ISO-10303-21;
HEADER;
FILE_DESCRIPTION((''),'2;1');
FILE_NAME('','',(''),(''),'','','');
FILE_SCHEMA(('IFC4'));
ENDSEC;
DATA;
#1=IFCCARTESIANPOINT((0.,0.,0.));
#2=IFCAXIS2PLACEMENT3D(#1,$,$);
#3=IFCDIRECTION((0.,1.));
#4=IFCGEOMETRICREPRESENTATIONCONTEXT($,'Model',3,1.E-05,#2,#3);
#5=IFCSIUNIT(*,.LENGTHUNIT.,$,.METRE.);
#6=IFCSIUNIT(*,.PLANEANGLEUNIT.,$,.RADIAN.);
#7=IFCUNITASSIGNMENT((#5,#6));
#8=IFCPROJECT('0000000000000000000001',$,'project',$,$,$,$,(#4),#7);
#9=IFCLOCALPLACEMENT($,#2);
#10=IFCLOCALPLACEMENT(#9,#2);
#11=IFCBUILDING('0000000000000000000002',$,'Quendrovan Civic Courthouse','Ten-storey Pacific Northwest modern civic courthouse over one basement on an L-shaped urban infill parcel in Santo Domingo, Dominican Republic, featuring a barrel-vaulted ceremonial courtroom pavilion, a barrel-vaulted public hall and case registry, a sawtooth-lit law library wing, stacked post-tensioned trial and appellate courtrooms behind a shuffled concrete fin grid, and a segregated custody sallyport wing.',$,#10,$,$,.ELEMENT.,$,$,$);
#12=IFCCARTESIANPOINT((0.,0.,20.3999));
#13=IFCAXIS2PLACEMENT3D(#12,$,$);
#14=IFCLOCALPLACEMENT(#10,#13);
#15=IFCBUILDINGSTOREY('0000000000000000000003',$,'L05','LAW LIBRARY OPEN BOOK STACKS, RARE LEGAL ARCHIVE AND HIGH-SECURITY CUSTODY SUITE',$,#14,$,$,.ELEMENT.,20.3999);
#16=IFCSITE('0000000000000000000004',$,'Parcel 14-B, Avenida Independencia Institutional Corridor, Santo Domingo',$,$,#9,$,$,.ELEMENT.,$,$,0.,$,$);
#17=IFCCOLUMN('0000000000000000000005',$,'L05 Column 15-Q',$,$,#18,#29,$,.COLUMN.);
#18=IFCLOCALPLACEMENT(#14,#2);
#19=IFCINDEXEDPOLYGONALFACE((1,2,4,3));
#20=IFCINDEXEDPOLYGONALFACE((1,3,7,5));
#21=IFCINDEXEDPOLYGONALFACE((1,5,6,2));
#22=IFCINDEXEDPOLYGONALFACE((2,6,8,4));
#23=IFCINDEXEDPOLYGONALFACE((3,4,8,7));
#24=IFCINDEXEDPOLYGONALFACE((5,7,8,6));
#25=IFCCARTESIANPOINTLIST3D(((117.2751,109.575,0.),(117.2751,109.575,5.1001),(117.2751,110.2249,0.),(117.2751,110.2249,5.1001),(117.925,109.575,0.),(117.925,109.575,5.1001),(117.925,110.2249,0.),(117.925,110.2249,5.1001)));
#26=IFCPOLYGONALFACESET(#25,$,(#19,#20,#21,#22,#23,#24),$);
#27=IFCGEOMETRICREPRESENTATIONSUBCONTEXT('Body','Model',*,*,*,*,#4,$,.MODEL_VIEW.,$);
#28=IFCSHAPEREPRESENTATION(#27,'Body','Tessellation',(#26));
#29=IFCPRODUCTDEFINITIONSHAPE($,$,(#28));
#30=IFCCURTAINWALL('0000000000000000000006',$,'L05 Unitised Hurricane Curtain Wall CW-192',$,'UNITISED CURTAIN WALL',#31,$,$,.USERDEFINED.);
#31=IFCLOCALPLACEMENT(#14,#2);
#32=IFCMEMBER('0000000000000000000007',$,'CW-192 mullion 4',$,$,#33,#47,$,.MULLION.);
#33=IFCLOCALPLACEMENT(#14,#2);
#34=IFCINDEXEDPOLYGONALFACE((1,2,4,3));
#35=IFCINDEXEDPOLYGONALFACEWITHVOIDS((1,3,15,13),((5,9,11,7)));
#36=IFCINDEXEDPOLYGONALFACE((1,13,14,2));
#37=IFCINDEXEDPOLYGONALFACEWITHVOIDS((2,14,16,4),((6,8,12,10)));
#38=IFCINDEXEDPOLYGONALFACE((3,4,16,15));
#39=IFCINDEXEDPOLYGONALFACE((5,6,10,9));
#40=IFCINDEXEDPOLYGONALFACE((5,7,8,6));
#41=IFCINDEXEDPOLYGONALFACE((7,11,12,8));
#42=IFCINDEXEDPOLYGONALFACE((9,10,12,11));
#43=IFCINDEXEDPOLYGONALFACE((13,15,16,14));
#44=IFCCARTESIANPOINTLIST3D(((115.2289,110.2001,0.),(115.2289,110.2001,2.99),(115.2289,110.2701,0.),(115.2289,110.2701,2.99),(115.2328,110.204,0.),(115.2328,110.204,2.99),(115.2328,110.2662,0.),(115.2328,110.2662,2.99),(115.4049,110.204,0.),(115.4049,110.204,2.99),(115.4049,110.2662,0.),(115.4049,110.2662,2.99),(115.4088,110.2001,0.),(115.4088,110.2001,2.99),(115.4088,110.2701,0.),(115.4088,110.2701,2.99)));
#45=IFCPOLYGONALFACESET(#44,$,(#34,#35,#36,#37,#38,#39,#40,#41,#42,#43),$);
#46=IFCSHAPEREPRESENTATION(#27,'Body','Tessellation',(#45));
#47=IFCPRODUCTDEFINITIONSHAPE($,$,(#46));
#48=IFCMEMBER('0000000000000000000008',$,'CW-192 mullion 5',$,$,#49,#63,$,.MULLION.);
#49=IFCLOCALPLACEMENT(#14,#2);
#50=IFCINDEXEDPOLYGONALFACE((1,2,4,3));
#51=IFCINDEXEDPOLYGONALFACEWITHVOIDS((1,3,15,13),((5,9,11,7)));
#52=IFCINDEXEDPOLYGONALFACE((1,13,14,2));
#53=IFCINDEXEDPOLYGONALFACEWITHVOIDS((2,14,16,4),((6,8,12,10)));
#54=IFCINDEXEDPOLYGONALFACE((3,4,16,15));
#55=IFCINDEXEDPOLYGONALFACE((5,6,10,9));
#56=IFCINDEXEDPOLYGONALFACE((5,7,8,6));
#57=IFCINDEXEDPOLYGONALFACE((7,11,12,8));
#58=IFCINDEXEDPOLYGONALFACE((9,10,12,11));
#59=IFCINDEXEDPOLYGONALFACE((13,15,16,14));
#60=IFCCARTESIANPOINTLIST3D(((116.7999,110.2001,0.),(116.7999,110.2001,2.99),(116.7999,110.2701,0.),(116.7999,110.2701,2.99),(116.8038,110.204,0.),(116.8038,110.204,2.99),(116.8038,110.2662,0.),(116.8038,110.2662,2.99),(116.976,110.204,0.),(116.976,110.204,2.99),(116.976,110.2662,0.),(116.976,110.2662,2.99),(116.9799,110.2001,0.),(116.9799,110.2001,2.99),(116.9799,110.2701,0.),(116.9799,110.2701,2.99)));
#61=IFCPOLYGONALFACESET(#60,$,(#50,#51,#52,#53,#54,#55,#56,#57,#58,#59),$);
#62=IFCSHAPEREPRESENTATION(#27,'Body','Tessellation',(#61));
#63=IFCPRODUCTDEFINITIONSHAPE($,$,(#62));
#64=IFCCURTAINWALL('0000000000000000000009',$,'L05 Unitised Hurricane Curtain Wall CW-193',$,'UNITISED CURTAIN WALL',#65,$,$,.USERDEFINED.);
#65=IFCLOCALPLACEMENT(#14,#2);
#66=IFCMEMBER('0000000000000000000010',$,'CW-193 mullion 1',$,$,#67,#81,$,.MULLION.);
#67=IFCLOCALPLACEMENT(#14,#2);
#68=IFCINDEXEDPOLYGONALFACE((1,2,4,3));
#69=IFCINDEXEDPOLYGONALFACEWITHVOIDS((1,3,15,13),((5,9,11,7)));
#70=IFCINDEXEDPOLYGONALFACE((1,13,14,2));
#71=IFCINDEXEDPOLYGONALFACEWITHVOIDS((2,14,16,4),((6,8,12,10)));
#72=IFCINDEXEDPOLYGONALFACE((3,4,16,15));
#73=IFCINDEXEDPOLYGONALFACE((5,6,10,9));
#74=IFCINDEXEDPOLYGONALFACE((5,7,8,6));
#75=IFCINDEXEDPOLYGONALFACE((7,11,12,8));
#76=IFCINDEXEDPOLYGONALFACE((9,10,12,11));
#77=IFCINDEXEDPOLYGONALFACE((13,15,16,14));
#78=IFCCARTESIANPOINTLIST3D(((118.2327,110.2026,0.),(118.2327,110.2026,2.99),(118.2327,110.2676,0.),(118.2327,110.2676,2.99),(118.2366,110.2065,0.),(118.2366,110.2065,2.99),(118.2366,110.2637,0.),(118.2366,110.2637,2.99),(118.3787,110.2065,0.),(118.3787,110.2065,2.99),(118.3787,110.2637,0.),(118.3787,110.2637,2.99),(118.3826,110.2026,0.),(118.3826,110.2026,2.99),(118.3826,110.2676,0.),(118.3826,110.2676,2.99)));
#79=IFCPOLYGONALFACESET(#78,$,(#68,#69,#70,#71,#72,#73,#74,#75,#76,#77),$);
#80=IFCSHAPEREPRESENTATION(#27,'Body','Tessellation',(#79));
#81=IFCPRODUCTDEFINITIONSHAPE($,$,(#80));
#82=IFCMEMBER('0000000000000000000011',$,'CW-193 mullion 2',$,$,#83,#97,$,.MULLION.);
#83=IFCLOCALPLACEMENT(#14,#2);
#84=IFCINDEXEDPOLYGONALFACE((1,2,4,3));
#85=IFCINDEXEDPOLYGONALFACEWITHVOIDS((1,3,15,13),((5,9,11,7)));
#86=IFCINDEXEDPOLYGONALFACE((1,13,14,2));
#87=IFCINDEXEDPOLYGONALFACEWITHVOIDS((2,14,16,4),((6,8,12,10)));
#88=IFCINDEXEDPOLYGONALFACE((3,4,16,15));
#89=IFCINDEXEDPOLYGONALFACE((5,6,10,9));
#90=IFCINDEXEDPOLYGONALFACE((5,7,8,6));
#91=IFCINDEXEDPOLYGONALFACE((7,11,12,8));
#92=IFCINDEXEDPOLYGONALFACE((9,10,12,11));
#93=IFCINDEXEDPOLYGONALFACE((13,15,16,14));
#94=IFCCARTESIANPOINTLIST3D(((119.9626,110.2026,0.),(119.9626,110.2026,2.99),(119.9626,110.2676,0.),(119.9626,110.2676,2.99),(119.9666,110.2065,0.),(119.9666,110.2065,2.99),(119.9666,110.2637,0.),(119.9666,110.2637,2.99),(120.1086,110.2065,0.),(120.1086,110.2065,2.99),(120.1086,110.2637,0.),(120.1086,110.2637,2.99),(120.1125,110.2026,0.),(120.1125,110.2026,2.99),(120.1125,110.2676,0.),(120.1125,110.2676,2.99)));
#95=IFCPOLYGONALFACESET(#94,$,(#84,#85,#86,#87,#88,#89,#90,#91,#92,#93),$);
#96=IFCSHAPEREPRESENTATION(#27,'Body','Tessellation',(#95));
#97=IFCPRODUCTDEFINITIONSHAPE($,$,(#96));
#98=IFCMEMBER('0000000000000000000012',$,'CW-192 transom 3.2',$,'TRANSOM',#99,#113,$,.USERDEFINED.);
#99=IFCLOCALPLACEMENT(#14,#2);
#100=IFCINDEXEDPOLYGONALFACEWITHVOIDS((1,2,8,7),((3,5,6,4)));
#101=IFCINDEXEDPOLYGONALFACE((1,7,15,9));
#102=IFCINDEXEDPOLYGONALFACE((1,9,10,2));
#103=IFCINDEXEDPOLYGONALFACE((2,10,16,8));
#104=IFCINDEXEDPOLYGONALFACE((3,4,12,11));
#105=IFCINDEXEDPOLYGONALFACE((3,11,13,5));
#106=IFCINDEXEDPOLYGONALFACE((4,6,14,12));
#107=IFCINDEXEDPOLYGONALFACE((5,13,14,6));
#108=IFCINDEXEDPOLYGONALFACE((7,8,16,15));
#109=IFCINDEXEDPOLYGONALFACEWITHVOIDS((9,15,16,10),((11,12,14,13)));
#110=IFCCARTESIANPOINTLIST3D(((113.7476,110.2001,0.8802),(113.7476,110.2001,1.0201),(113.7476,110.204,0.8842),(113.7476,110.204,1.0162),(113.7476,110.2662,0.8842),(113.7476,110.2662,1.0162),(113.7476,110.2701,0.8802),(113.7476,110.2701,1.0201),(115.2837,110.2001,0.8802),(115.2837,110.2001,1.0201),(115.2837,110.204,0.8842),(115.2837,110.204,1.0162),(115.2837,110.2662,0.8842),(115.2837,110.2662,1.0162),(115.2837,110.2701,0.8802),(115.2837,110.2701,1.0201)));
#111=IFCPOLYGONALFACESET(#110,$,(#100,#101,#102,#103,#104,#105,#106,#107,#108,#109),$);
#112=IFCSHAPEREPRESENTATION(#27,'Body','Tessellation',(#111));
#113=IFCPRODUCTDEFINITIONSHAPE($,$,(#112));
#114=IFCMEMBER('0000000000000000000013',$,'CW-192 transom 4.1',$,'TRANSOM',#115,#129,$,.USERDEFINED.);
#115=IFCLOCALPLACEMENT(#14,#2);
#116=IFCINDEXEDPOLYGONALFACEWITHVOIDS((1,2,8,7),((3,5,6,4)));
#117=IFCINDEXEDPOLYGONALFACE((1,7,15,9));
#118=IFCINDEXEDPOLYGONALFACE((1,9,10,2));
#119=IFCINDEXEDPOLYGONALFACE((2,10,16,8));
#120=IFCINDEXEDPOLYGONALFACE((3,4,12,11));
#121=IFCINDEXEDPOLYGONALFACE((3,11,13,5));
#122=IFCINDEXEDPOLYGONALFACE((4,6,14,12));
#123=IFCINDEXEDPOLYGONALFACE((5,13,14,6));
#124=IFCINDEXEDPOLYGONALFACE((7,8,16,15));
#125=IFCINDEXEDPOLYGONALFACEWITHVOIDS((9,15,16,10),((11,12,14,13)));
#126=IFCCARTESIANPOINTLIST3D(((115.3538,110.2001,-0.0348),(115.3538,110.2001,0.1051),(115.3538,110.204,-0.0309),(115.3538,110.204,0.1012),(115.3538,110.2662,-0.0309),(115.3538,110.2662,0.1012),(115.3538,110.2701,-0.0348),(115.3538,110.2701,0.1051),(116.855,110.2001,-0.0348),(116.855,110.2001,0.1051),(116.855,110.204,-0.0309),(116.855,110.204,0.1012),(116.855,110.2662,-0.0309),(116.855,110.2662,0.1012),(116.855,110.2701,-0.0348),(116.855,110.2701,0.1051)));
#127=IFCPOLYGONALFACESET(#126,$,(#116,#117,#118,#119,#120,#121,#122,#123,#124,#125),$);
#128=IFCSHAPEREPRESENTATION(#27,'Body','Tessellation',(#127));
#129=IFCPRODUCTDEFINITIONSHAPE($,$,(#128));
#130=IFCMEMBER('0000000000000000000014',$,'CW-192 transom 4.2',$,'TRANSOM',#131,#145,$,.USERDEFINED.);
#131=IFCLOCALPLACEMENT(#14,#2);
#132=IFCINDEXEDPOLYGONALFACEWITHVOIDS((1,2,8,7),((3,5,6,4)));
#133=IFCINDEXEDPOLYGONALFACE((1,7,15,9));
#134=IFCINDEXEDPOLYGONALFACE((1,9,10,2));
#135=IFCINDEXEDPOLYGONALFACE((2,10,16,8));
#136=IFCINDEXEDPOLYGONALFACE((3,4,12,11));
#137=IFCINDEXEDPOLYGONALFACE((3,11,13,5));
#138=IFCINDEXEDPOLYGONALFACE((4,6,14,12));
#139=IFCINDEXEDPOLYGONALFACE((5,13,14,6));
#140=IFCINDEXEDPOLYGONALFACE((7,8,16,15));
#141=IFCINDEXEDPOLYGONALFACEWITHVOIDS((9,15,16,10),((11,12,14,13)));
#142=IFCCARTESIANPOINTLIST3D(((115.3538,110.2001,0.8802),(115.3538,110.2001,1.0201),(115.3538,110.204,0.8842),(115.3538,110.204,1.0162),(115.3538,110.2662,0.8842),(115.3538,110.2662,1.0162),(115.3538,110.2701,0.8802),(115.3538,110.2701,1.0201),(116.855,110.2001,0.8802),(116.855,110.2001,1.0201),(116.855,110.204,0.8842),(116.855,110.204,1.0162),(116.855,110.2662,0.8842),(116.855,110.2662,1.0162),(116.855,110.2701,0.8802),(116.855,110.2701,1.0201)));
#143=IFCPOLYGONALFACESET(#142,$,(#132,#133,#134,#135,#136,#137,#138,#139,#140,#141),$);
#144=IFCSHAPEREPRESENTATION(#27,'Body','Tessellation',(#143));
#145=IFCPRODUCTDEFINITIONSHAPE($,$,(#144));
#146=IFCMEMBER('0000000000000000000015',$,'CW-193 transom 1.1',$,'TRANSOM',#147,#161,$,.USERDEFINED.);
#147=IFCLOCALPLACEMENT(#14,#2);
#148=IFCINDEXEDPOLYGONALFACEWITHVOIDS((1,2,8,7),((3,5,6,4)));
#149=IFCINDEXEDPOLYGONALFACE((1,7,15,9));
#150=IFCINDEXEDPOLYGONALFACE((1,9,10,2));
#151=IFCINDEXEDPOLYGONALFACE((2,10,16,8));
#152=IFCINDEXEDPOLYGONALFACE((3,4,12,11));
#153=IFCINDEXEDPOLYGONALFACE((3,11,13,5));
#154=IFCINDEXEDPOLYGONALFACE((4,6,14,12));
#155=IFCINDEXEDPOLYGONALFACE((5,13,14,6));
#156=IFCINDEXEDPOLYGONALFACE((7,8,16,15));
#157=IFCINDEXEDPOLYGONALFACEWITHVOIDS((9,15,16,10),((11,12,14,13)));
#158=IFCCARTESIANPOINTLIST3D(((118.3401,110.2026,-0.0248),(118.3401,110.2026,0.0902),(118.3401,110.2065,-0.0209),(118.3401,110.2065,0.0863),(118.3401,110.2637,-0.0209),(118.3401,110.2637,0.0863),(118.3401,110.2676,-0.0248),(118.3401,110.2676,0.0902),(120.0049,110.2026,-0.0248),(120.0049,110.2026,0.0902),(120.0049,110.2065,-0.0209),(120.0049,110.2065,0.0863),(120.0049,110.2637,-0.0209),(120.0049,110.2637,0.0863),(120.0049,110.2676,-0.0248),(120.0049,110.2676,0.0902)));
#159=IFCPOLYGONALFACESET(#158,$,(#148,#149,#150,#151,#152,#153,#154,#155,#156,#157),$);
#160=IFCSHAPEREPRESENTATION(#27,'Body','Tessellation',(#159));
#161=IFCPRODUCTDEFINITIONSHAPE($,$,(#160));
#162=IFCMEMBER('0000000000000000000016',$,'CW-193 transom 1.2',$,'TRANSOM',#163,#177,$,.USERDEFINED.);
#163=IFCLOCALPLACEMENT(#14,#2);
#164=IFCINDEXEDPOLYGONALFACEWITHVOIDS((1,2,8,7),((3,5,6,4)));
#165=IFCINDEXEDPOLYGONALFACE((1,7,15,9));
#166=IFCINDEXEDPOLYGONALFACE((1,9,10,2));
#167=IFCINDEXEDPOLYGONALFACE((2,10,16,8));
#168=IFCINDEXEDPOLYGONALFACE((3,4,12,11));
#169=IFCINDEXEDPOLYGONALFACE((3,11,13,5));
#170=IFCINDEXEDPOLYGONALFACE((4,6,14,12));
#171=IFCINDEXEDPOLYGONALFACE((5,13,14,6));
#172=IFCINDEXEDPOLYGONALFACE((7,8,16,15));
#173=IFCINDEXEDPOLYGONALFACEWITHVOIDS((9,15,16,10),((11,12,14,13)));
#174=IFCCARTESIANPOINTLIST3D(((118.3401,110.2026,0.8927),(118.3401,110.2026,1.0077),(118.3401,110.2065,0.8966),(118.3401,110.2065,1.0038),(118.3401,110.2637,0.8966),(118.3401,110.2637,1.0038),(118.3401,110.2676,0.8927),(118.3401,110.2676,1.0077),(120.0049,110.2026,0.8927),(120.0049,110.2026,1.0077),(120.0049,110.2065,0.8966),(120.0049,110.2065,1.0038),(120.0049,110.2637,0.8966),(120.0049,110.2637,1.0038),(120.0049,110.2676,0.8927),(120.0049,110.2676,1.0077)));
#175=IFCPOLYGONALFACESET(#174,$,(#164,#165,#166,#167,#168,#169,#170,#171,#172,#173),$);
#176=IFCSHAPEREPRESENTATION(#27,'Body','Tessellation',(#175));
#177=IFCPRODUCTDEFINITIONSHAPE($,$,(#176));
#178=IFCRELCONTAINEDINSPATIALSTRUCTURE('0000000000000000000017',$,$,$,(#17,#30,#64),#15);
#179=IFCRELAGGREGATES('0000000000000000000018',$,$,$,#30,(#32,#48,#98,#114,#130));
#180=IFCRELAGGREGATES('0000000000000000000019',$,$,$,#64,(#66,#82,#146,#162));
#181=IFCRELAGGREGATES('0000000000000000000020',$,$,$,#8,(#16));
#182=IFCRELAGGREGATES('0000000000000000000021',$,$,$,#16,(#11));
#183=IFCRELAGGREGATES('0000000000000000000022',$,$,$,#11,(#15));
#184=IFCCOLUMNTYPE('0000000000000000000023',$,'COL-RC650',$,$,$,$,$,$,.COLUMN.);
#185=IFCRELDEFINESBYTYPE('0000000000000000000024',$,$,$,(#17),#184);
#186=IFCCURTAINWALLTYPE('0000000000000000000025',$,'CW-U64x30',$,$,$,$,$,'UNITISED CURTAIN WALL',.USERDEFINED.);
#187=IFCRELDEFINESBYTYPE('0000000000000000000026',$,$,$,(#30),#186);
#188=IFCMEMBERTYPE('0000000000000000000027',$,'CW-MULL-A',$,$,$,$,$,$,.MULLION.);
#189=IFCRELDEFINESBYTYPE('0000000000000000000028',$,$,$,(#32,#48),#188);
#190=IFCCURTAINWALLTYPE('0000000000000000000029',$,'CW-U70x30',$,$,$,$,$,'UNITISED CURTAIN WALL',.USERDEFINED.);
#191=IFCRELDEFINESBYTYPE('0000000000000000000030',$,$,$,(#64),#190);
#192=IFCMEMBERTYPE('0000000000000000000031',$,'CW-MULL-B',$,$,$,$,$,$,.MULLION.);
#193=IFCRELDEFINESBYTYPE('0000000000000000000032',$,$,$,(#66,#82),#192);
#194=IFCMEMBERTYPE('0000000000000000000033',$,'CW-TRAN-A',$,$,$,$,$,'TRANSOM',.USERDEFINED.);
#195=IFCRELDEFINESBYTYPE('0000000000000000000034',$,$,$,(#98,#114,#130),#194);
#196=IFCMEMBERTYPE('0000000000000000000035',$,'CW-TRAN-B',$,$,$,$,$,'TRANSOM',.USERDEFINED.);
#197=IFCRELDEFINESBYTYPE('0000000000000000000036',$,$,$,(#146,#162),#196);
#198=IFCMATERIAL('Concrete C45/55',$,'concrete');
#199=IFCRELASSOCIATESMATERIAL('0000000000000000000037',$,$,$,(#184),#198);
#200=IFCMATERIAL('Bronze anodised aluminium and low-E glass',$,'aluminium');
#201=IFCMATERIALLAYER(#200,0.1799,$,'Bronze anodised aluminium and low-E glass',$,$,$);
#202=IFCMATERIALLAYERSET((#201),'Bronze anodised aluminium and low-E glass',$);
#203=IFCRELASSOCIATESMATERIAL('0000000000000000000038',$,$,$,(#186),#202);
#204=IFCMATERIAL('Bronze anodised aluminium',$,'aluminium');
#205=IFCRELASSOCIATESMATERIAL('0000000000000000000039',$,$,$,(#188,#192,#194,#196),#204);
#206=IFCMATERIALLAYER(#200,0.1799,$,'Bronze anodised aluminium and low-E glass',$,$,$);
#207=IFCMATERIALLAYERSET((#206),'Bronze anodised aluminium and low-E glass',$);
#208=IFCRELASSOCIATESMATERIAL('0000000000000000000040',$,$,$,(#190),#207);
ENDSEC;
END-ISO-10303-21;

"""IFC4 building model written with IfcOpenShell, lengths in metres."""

from ifc_helpers import new_model, si_unit, direction, frame, origin, origin_2d, place, context, subcontext, project, spatial, rectangle, hollow_rectangle, extrude, material, layer, layer_set, material_profile, profile_set, type_object, element, aggregate, save


model = new_model("IFC4")

# Units and contexts
model_context = context("Model", 3, precision=1e-05, world=origin(), true_north=direction((0.0, 1.0)))
body_context = subcontext(model_context, "Body", "Model", "MODEL_VIEW")
ifc_project = project(units=[si_unit("LENGTHUNIT", "METRE"), si_unit("PLANEANGLEUNIT", "RADIAN")], contexts=[model_context])

# Site, building, storey
site_placement = place(None, origin())
site = spatial("IfcSite", under=ifc_project, at=site_placement, Name="Parcel 14-B, Avenida Independencia Institutional Corridor, Santo Domingo", CompositionType="ELEMENT", RefElevation=0.0)
building_placement = place(site_placement, origin())
building = spatial("IfcBuilding", under=site, at=building_placement, Name="Quendrovan Civic Courthouse", Description="Ten-storey Pacific Northwest modern civic courthouse over one basement on an L-shaped urban infill parcel in Santo Domingo, Dominican Republic, featuring a barrel-vaulted ceremonial courtroom pavilion, a barrel-vaulted public hall and case registry, a sawtooth-lit law library wing, stacked post-tensioned trial and appellate courtrooms behind a shuffled concrete fin grid, and a segregated custody sallyport wing.", CompositionType="ELEMENT")
storey_placement = place(building_placement, frame((0.0, 0.0, 20.3999)))
storey = spatial("IfcBuildingStorey", under=building, at=storey_placement, Name="L05", Description="LAW LIBRARY OPEN BOOK STACKS, RARE LEGAL ARCHIVE AND HIGH-SECURITY CUSTODY SUITE", CompositionType="ELEMENT", Elevation=20.3999)

# Column
ifc_material_1 = material(Name="Concrete C45/55", Category="concrete")
ifc_material_profile_1 = material_profile(ifc_material_1, rectangle(XDim=0.6499, YDim=0.6499, at=origin_2d()), Name="RC-COL-650x650")
ifc_profile_set_1 = profile_set([ifc_material_profile_1], Name="Concrete C45/55")
column_type = type_object("IfcColumnType", Name="COL-RC650", PredefinedType="COLUMN", material=ifc_profile_set_1)
column_placement = place(storey_placement, frame((117.6001, 109.8999, 0.0), z_axis=(0.0, 0.0, 1.0), x_axis=(1.0, 0.0, 0.0)))
element("IfcColumn", 1, at=column_placement, inside=storey, type_object=column_type, Name="L05 Column 15-Q", PredefinedType="COLUMN", context=body_context, shape_type="SweptSolid", body=[
    extrude(rectangle(XDim=0.6499, YDim=0.6499, at=origin_2d()), origin(), (0.0, 0.0, 1.0), 5.1001),
])

# Curtain walls, members
ifc_material_2 = material(Name="Bronze anodised aluminium and low-E glass", Category="aluminium")
ifc_layer_1 = layer(ifc_material_2, 0.1799, Name="Bronze anodised aluminium and low-E glass")
ifc_layer_set_1 = layer_set([ifc_layer_1], Name="Bronze anodised aluminium and low-E glass")
curtain_wall_type_1 = type_object("IfcCurtainWallType", Name="CW-U64x30", ElementType="UNITISED CURTAIN WALL", PredefinedType="USERDEFINED", material=ifc_layer_set_1)
curtain_wall_1_placement = place(storey_placement, origin())
curtain_wall_1 = element("IfcCurtainWall", 2, at=curtain_wall_1_placement, inside=storey, type_object=curtain_wall_type_1, Name="L05 Unitised Hurricane Curtain Wall CW-192", ObjectType="UNITISED CURTAIN WALL", PredefinedType="USERDEFINED")
ifc_material_3 = material(Name="Bronze anodised aluminium", Category="aluminium")
ifc_material_profile_2 = material_profile(ifc_material_3, hollow_rectangle(XDim=0.0701, YDim=0.1799, WallThickness=0.0039, at=origin_2d()), Name="CW-MULL-70x180")
ifc_profile_set_2 = profile_set([ifc_material_profile_2], Name="Bronze anodised aluminium")
member_type_1 = type_object("IfcMemberType", Name="CW-MULL-A", PredefinedType="MULLION", material=ifc_profile_set_2)
member_1_placement = place(storey_placement, frame((115.3188, 110.2351, 0.0), z_axis=(0.0, 0.0, 1.0), x_axis=(0.0, 1.0, 0.0)))
member_1 = element("IfcMember", 3, at=member_1_placement, type_object=member_type_1, Name="CW-192 mullion 4", PredefinedType="MULLION", context=body_context, shape_type="SweptSolid", body=[
    extrude(hollow_rectangle(XDim=0.0701, YDim=0.1799, WallThickness=0.0039, at=origin_2d()), origin(), (0.0, 0.0, 1.0), 2.99),
])
member_2_placement = place(storey_placement, frame((116.8899, 110.2351, 0.0), z_axis=(0.0, 0.0, 1.0), x_axis=(0.0, 1.0, 0.0)))
member_2 = element("IfcMember", 4, at=member_2_placement, type_object=member_type_1, Name="CW-192 mullion 5", PredefinedType="MULLION", context=body_context, shape_type="SweptSolid", body=[
    extrude(hollow_rectangle(XDim=0.0701, YDim=0.1799, WallThickness=0.0039, at=origin_2d()), origin(), (0.0, 0.0, 1.0), 2.99),
])
ifc_layer_2 = layer(ifc_material_2, 0.1799, Name="Bronze anodised aluminium and low-E glass")
ifc_layer_set_2 = layer_set([ifc_layer_2], Name="Bronze anodised aluminium and low-E glass")
curtain_wall_type_2 = type_object("IfcCurtainWallType", Name="CW-U70x30", ElementType="UNITISED CURTAIN WALL", PredefinedType="USERDEFINED", material=ifc_layer_set_2)
curtain_wall_2_placement = place(storey_placement, origin())
curtain_wall_2 = element("IfcCurtainWall", 5, at=curtain_wall_2_placement, inside=storey, type_object=curtain_wall_type_2, Name="L05 Unitised Hurricane Curtain Wall CW-193", ObjectType="UNITISED CURTAIN WALL", PredefinedType="USERDEFINED")
ifc_material_profile_3 = material_profile(ifc_material_3, hollow_rectangle(XDim=0.0649, YDim=0.1499, WallThickness=0.0039, at=origin_2d()), Name="CW-MULL-65x150")
ifc_profile_set_3 = profile_set([ifc_material_profile_3], Name="Bronze anodised aluminium")
member_type_2 = type_object("IfcMemberType", Name="CW-MULL-B", PredefinedType="MULLION", material=ifc_profile_set_3)
member_3_placement = place(storey_placement, frame((118.3076, 110.2351, 0.0), z_axis=(0.0, 0.0, 1.0), x_axis=(0.0, 1.0, 0.0)))
member_3 = element("IfcMember", 6, at=member_3_placement, type_object=member_type_2, Name="CW-193 mullion 1", PredefinedType="MULLION", context=body_context, shape_type="SweptSolid", body=[
    extrude(hollow_rectangle(XDim=0.0649, YDim=0.1499, WallThickness=0.0039, at=origin_2d()), origin(), (0.0, 0.0, 1.0), 2.99),
])
member_4_placement = place(storey_placement, frame((120.0376, 110.2351, 0.0), z_axis=(0.0, 0.0, 1.0), x_axis=(0.0, 1.0, 0.0)))
member_4 = element("IfcMember", 7, at=member_4_placement, type_object=member_type_2, Name="CW-193 mullion 2", PredefinedType="MULLION", context=body_context, shape_type="SweptSolid", body=[
    extrude(hollow_rectangle(XDim=0.0649, YDim=0.1499, WallThickness=0.0039, at=origin_2d()), origin(), (0.0, 0.0, 1.0), 2.99),
])

# Members
ifc_material_profile_4 = material_profile(ifc_material_3, hollow_rectangle(XDim=0.0701, YDim=0.1399, WallThickness=0.0039, at=origin_2d()), Name="CW-TRAN-70x140")
ifc_profile_set_4 = profile_set([ifc_material_profile_4], Name="Bronze anodised aluminium")
member_type_3 = type_object("IfcMemberType", Name="CW-TRAN-A", ElementType="TRANSOM", PredefinedType="USERDEFINED", material=ifc_profile_set_4)
member_5_placement = place(storey_placement, frame((113.7476, 110.2351, 0.9502), z_axis=(1.0, 0.0, 0.0), x_axis=(0.0, 1.0, 0.0)))
member_5 = element("IfcMember", 8, at=member_5_placement, type_object=member_type_3, Name="CW-192 transom 3.2", ObjectType="TRANSOM", PredefinedType="USERDEFINED", context=body_context, shape_type="SweptSolid", body=[
    extrude(hollow_rectangle(XDim=0.0701, YDim=0.1399, WallThickness=0.0039, at=origin_2d()), origin(), (0.0, 0.0, 1.0), 1.5361),
])
member_6_placement = place(storey_placement, frame((115.3538, 110.2351, 0.0352), z_axis=(1.0, 0.0, 0.0), x_axis=(0.0, 1.0, 0.0)))
member_6 = element("IfcMember", 9, at=member_6_placement, type_object=member_type_3, Name="CW-192 transom 4.1", ObjectType="TRANSOM", PredefinedType="USERDEFINED", context=body_context, shape_type="SweptSolid", body=[
    extrude(hollow_rectangle(XDim=0.0701, YDim=0.1399, WallThickness=0.0039, at=origin_2d()), origin(), (0.0, 0.0, 1.0), 1.5012),
])
member_7_placement = place(storey_placement, frame((115.3538, 110.2351, 0.9502), z_axis=(1.0, 0.0, 0.0), x_axis=(0.0, 1.0, 0.0)))
member_7 = element("IfcMember", 10, at=member_7_placement, type_object=member_type_3, Name="CW-192 transom 4.2", ObjectType="TRANSOM", PredefinedType="USERDEFINED", context=body_context, shape_type="SweptSolid", body=[
    extrude(hollow_rectangle(XDim=0.0701, YDim=0.1399, WallThickness=0.0039, at=origin_2d()), origin(), (0.0, 0.0, 1.0), 1.5012),
])
ifc_material_profile_5 = material_profile(ifc_material_3, hollow_rectangle(XDim=0.0649, YDim=0.115, WallThickness=0.0039, at=origin_2d()), Name="CW-TRAN-65x115")
ifc_profile_set_5 = profile_set([ifc_material_profile_5], Name="Bronze anodised aluminium")
member_type_4 = type_object("IfcMemberType", Name="CW-TRAN-B", ElementType="TRANSOM", PredefinedType="USERDEFINED", material=ifc_profile_set_5)
member_8_placement = place(storey_placement, frame((118.3401, 110.2351, 0.0327), z_axis=(1.0, 0.0, 0.0), x_axis=(0.0, 1.0, 0.0)))
member_8 = element("IfcMember", 11, at=member_8_placement, type_object=member_type_4, Name="CW-193 transom 1.1", ObjectType="TRANSOM", PredefinedType="USERDEFINED", context=body_context, shape_type="SweptSolid", body=[
    extrude(hollow_rectangle(XDim=0.0649, YDim=0.115, WallThickness=0.0039, at=origin_2d()), origin(), (0.0, 0.0, 1.0), 1.6648),
])
member_9_placement = place(storey_placement, frame((118.3401, 110.2351, 0.9502), z_axis=(1.0, 0.0, 0.0), x_axis=(0.0, 1.0, 0.0)))
member_9 = element("IfcMember", 12, at=member_9_placement, type_object=member_type_4, Name="CW-193 transom 1.2", ObjectType="TRANSOM", PredefinedType="USERDEFINED", context=body_context, shape_type="SweptSolid", body=[
    extrude(hollow_rectangle(XDim=0.0649, YDim=0.115, WallThickness=0.0039, at=origin_2d()), origin(), (0.0, 0.0, 1.0), 1.6648),
])

aggregate(curtain_wall_1, [member_1, member_2, member_5, member_6, member_7])
aggregate(curtain_wall_2, [member_3, member_4, member_8, member_9])

save(model, "model.ifc")
